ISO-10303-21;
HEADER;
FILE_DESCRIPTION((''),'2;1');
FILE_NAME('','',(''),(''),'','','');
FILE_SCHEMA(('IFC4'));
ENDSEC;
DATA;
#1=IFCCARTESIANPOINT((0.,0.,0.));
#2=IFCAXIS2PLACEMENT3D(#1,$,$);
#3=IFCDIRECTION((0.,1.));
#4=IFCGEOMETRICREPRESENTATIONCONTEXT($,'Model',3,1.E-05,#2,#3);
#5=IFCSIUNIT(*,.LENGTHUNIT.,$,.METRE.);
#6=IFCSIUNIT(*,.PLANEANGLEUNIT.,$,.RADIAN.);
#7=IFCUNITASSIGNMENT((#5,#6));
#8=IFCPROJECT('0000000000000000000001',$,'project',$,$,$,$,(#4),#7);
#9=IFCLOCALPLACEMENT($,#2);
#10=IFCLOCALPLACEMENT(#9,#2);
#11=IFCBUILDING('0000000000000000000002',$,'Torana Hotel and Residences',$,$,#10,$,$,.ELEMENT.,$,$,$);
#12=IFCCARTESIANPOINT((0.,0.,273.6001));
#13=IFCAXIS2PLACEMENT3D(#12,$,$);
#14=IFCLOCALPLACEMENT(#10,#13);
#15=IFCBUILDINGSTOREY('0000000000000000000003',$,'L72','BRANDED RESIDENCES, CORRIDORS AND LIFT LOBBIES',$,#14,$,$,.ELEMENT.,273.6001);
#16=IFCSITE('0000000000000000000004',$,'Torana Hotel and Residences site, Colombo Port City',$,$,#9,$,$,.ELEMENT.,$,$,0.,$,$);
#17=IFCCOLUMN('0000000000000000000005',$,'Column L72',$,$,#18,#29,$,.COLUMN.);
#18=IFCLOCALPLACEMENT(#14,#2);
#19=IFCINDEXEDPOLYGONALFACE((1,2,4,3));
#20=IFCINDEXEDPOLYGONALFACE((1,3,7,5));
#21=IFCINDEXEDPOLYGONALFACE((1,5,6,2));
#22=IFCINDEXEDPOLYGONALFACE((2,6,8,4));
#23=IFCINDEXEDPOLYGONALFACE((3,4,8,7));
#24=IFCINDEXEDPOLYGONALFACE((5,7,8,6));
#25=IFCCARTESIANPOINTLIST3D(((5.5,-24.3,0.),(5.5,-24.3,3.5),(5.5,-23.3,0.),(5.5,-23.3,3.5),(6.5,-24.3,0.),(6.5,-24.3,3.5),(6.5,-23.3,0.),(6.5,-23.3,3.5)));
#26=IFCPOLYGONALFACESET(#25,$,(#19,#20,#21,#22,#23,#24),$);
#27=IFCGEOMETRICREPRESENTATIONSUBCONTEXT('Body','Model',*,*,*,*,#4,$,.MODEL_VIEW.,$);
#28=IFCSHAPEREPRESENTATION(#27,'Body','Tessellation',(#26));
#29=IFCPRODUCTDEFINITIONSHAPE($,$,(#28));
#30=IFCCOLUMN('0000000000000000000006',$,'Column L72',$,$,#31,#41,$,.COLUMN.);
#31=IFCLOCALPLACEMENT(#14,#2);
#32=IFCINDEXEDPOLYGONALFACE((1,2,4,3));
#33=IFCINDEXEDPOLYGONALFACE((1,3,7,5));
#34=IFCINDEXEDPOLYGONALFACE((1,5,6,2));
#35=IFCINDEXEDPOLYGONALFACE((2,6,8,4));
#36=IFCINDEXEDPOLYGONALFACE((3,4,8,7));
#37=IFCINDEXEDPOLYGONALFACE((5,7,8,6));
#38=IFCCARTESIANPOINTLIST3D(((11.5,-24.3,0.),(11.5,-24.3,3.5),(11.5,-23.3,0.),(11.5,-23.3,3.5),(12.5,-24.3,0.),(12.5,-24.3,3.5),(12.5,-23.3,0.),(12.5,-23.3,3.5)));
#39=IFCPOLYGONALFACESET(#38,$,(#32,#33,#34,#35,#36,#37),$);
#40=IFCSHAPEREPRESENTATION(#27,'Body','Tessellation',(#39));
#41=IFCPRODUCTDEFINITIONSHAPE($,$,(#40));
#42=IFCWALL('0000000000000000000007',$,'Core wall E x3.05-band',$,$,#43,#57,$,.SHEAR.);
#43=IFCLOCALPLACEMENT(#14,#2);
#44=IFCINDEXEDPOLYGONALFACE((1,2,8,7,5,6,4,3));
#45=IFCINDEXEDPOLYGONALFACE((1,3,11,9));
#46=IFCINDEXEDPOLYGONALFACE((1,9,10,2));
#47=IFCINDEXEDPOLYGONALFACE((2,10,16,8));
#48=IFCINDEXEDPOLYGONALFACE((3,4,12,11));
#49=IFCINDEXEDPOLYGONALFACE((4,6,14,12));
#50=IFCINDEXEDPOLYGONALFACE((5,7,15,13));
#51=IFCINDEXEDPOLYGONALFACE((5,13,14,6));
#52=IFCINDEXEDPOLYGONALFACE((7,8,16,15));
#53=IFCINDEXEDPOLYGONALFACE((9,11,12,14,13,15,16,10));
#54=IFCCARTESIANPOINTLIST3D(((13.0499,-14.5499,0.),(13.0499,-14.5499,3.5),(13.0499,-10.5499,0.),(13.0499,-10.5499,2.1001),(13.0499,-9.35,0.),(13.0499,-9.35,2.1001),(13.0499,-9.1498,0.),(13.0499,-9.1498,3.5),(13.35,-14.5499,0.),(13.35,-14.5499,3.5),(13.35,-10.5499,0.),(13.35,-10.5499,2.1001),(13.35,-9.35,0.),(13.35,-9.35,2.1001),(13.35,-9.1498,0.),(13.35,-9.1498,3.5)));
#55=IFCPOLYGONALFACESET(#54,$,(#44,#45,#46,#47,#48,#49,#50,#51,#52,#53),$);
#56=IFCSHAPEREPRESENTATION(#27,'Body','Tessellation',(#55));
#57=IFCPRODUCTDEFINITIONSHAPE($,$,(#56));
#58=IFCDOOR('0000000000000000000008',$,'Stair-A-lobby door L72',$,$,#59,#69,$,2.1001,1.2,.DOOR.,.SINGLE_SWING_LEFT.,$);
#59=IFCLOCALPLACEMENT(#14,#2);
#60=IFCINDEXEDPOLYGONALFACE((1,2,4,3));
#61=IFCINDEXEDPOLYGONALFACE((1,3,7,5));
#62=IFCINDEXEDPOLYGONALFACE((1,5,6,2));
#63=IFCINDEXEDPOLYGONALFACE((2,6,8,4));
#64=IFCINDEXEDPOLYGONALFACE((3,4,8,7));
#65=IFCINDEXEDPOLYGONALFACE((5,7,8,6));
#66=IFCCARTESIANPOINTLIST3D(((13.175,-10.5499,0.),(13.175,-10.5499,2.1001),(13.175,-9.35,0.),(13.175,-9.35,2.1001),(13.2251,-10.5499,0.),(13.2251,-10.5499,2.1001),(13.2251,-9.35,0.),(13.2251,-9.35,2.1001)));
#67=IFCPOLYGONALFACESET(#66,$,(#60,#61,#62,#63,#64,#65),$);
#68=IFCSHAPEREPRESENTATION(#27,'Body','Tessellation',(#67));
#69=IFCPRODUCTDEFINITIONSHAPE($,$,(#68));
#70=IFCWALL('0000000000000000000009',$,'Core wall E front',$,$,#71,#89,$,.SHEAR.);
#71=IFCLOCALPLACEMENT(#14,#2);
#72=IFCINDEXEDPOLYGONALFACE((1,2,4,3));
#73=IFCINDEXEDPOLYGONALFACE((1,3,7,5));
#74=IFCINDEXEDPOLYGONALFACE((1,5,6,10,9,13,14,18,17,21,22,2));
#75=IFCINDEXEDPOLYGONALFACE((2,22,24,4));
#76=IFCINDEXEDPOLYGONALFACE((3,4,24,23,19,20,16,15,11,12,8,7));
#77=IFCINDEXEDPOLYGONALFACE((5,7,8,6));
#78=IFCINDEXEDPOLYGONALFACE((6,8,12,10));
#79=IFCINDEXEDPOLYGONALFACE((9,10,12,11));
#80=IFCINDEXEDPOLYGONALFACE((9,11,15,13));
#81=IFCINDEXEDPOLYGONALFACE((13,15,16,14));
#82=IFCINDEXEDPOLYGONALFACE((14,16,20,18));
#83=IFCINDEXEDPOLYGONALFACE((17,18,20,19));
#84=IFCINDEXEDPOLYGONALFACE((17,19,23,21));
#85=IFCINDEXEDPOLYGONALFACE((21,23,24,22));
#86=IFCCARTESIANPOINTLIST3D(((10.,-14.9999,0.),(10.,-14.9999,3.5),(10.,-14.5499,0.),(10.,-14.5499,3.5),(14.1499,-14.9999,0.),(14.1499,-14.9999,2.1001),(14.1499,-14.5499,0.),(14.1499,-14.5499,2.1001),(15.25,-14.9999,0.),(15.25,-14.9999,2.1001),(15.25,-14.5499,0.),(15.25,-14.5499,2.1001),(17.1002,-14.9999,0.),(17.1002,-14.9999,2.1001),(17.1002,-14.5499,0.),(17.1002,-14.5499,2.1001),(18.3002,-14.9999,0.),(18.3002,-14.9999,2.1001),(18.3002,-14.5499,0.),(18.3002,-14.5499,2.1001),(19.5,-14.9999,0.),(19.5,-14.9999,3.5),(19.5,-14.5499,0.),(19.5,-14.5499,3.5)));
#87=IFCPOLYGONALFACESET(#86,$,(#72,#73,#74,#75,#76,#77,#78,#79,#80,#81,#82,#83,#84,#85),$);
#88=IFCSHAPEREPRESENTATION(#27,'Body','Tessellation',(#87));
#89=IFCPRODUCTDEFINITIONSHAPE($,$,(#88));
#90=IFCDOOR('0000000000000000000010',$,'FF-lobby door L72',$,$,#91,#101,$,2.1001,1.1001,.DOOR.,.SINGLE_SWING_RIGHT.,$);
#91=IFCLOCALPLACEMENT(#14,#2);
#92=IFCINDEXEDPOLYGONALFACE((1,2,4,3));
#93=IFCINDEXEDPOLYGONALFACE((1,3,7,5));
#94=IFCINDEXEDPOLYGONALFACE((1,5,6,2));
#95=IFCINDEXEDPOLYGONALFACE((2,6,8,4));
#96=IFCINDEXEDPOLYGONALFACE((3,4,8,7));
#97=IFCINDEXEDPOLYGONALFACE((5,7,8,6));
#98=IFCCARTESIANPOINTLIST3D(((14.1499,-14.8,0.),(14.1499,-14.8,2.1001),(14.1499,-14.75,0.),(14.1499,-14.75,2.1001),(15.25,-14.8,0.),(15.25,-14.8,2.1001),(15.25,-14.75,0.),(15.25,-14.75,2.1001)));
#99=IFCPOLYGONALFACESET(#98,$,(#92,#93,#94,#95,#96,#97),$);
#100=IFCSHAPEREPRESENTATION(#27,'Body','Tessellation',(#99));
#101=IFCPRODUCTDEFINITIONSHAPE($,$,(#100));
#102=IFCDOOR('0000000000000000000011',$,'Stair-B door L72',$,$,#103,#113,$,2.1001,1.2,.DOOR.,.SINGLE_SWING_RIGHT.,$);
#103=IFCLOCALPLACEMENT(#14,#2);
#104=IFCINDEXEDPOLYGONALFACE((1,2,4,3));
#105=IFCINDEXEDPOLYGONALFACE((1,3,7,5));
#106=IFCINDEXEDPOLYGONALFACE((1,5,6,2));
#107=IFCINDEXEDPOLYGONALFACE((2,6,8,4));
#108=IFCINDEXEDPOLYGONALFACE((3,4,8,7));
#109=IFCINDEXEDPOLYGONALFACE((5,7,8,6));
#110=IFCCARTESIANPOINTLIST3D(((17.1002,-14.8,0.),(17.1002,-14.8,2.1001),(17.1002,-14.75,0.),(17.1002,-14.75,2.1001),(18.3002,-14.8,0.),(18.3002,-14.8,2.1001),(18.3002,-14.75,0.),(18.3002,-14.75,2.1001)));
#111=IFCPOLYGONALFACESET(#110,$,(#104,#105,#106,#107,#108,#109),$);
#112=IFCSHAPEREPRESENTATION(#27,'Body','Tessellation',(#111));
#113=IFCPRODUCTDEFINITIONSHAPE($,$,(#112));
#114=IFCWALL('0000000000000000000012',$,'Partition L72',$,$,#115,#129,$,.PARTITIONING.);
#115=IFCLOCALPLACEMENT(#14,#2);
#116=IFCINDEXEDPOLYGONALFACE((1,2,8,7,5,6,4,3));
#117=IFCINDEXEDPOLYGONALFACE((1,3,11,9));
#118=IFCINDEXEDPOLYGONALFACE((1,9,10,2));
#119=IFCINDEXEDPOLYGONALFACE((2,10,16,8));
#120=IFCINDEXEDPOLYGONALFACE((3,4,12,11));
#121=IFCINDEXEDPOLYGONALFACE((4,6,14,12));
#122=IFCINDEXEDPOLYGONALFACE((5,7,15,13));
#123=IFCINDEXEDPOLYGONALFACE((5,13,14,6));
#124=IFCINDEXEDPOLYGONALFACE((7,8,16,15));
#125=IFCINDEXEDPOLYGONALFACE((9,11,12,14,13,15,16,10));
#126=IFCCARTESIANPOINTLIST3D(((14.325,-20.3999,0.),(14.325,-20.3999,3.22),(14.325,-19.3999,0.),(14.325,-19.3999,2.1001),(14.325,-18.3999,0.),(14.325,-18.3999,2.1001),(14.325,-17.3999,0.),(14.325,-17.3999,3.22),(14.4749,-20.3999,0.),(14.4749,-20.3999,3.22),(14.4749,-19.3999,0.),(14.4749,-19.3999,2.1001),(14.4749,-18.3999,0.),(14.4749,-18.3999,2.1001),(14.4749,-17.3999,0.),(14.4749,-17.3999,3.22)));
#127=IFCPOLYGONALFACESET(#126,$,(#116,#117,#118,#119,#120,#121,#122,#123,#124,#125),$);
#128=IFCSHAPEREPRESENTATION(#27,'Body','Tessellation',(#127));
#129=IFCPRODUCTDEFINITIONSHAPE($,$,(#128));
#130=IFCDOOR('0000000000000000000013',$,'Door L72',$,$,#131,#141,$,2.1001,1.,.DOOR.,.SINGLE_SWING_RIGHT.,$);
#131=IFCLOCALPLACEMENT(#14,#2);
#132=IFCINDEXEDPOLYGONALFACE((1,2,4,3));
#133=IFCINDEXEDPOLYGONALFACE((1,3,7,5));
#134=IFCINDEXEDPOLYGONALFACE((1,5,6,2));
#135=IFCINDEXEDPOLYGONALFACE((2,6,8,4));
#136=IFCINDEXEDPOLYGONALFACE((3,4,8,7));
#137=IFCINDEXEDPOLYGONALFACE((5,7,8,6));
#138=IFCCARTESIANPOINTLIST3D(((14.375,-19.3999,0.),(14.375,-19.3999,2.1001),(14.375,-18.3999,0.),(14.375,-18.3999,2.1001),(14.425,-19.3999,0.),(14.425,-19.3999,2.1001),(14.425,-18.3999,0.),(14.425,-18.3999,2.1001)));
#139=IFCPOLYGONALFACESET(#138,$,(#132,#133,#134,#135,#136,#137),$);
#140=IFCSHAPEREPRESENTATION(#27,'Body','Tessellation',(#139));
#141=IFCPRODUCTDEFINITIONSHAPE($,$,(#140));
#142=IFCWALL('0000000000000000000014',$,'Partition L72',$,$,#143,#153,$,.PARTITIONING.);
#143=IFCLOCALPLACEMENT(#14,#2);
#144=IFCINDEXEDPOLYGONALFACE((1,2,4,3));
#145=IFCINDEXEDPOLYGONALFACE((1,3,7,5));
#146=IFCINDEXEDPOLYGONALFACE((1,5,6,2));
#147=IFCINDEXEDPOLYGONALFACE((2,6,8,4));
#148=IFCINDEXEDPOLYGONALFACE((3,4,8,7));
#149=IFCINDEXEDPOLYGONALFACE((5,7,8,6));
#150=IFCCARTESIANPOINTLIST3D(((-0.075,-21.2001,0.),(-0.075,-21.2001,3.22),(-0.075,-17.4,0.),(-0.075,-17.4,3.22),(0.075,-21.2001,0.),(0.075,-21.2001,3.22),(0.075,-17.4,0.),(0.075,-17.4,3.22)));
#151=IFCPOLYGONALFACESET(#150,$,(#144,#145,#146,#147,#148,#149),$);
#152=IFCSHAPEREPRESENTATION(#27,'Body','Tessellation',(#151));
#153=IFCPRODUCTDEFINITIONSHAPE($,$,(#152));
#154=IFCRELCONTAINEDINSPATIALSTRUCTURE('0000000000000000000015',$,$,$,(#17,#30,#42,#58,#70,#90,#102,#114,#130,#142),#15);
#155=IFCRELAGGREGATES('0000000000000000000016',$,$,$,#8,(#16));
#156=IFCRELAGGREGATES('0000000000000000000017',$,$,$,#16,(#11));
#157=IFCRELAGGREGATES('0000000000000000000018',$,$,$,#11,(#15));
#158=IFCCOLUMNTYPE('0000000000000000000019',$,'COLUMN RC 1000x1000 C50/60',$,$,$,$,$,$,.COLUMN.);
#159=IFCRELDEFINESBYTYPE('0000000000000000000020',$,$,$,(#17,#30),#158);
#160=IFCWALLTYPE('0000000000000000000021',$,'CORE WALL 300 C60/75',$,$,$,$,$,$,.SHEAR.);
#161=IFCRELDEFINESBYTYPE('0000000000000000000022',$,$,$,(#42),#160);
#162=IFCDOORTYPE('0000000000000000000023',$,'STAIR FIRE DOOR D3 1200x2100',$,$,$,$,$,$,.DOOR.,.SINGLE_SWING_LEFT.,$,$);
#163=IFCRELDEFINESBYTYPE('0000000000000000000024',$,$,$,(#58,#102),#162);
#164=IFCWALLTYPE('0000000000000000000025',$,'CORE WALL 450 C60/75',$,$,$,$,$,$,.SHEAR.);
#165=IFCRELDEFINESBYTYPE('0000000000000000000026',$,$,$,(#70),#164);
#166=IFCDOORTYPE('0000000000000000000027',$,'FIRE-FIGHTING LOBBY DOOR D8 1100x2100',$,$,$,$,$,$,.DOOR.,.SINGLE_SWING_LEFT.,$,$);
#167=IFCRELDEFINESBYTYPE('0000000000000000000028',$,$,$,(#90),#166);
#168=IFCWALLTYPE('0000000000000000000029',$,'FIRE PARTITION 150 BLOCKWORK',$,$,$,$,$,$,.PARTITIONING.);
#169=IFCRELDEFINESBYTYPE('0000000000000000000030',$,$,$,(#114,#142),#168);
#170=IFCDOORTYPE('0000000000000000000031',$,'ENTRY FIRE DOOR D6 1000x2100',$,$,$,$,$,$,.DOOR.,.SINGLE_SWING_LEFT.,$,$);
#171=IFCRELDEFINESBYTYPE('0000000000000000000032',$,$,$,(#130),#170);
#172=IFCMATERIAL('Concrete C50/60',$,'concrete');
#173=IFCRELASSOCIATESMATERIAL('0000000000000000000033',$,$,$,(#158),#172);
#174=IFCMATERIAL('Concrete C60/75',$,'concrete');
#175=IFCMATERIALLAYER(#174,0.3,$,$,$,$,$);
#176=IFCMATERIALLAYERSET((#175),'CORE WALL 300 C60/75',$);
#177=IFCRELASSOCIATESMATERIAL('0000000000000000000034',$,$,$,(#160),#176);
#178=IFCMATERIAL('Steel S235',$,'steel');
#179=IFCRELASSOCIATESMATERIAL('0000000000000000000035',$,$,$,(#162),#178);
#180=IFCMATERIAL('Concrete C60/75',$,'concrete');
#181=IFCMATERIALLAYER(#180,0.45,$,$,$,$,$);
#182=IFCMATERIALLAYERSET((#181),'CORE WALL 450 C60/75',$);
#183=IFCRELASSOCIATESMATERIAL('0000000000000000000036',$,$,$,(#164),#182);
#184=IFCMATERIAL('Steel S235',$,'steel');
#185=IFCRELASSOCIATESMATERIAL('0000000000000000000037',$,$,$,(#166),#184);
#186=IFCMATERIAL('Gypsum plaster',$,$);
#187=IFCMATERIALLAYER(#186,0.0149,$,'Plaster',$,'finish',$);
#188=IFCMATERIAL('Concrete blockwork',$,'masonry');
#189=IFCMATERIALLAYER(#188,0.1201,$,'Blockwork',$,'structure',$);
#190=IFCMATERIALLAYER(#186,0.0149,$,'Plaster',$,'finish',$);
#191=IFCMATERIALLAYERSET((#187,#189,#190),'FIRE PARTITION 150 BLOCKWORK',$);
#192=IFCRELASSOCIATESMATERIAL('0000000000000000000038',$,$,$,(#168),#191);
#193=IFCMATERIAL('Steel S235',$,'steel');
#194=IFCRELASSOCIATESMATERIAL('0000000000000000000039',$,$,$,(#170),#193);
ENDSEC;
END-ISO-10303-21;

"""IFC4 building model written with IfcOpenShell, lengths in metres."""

from ifc_helpers import new_model, si_unit, direction, frame, frame_2d, origin, origin_2d, place, context, subcontext, project, spatial, rectangle, extrude, material, layer, layer_set, material_profile, profile_set, type_object, element, fill, save


model = new_model("IFC4")

# Units and contexts
model_context = context("Model", 3, precision=1e-05, world=origin(), true_north=direction((0.0, 1.0)))
body_context = subcontext(model_context, "Body", "Model", "MODEL_VIEW")
ifc_project = project(units=[si_unit("LENGTHUNIT", "METRE"), si_unit("PLANEANGLEUNIT", "RADIAN")], contexts=[model_context])

# Site, building, storey
site_placement = place(None, origin())
site = spatial("IfcSite", under=ifc_project, at=site_placement, Name="Torana Hotel and Residences site, Colombo Port City", CompositionType="ELEMENT", RefElevation=0.0)
building_placement = place(site_placement, origin())
building = spatial("IfcBuilding", under=site, at=building_placement, Name="Torana Hotel and Residences", CompositionType="ELEMENT")
storey_placement = place(building_placement, frame((0.0, 0.0, 273.6001)))
storey = spatial("IfcBuildingStorey", under=building, at=storey_placement, Name="L72", Description="BRANDED RESIDENCES, CORRIDORS AND LIFT LOBBIES", CompositionType="ELEMENT", Elevation=273.6001)

# Columns
ifc_material_1 = material(Name="Concrete C50/60", Category="concrete")
ifc_material_profile = material_profile(ifc_material_1, rectangle(XDim=1.0, YDim=1.0, at=origin_2d()), Name="RC 1000x1000")
ifc_profile_set = profile_set([ifc_material_profile], Name="Concrete C50/60")
column_type = type_object("IfcColumnType", Name="COLUMN RC 1000x1000 C50/60", PredefinedType="COLUMN", material=ifc_profile_set)
for number, where, z_axis, x_axis, name in (
    (1, (6.0, -23.8, 0.0), (0.0, 0.0, 1.0), (1.0, 0.0, 0.0), "Column L72"),
    (2, (12.0, -23.8, 0.0), (0.0, 0.0, 1.0), (1.0, 0.0, 0.0), "Column L72"),
):
    element("IfcColumn", number, at=place(storey_placement, frame(where, z_axis=z_axis, x_axis=x_axis)), inside=storey, type_object=column_type, Name=name, PredefinedType="COLUMN", context=body_context, shape_type="SweptSolid", body=[
        extrude(rectangle(XDim=1.0, YDim=1.0, at=origin_2d()), origin(), (0.0, 0.0, 1.0), 3.5),
    ])

# Wall, opening, door
ifc_material_2 = material(Name="Concrete C60/75", Category="concrete")
ifc_layer_1 = layer(ifc_material_2, 0.3)
ifc_layer_set_1 = layer_set([ifc_layer_1], Name="CORE WALL 300 C60/75")
wall_type_1 = type_object("IfcWallType", Name="CORE WALL 300 C60/75", PredefinedType="SHEAR", material=ifc_layer_set_1)
wall_1_placement = place(storey_placement, frame((13.2, -14.55, 0.0), z_axis=(0.0, 0.0, 1.0), x_axis=(0.0, 1.0, 0.0)))
wall_1 = element("IfcWall", 3, at=wall_1_placement, inside=storey, type_object=wall_type_1, Name="Core wall E x3.05-band", PredefinedType="SHEAR", context=body_context, shape_type="SweptSolid", body=[
    extrude(rectangle(XDim=5.4001, YDim=0.3, at=frame_2d((2.7002, 0.0))), origin(), (0.0, 0.0, 1.0), 3.5),
])
opening_1_placement = place(wall_1_placement, frame((4.0, 0.0, 0.0)))
opening_1 = element("IfcOpeningElement", 4, at=opening_1_placement, cuts=wall_1, PredefinedType="OPENING", context=body_context, shape_type="SweptSolid", body=[
    extrude(rectangle(XDim=1.2, YDim=2.1001, at=frame_2d((0.6001, 1.05))), frame((0.0, 0.1599, 0.0), z_axis=(0.0, -1.0, 0.0), x_axis=(1.0, 0.0, 0.0)), (0.0, 0.0, 1.0), 0.3201),
])
ifc_material_3 = material(Name="Steel S235", Category="steel")
door_type_1 = type_object("IfcDoorType", Name="STAIR FIRE DOOR D3 1200x2100", OperationType="SINGLE_SWING_LEFT", PredefinedType="DOOR", material=ifc_material_3)
door_1_placement = place(opening_1_placement, origin())
door_1 = element("IfcDoor", 5, at=door_1_placement, inside=storey, type_object=door_type_1, Name="Stair-A-lobby door L72", OperationType="SINGLE_SWING_LEFT", OverallHeight=2.1001, OverallWidth=1.2, PredefinedType="DOOR", context=body_context, shape_type="SweptSolid", body=[
    extrude(rectangle(XDim=1.2, YDim=2.1001, at=frame_2d((0.6001, 1.05))), frame((0.0, 0.0249, 0.0), z_axis=(0.0, -1.0, 0.0), x_axis=(1.0, 0.0, 0.0)), (0.0, 0.0, 1.0), 0.05),
])
fill(opening_1, door_1)

# Wall, openings, doors
ifc_material_4 = material(Name="Concrete C60/75", Category="concrete")
ifc_layer_2 = layer(ifc_material_4, 0.45)
ifc_layer_set_2 = layer_set([ifc_layer_2], Name="CORE WALL 450 C60/75")
wall_type_2 = type_object("IfcWallType", Name="CORE WALL 450 C60/75", PredefinedType="SHEAR", material=ifc_layer_set_2)
wall_2_placement = place(storey_placement, frame((10.0, -14.7749, 0.0), z_axis=(0.0, 0.0, 1.0), x_axis=(1.0, 0.0, 0.0)))
wall_2 = element("IfcWall", 6, at=wall_2_placement, inside=storey, type_object=wall_type_2, Name="Core wall E front", PredefinedType="SHEAR", context=body_context, shape_type="SweptSolid", body=[
    extrude(rectangle(XDim=9.5, YDim=0.45, at=frame_2d((4.75, 0.0))), origin(), (0.0, 0.0, 1.0), 3.5),
])
opening_2_placement = place(wall_2_placement, frame((7.1001, 0.0, 0.0)))
opening_2 = element("IfcOpeningElement", 7, at=opening_2_placement, cuts=wall_2, PredefinedType="OPENING", context=body_context, shape_type="SweptSolid", body=[
    extrude(rectangle(XDim=1.2, YDim=2.1001, at=frame_2d((0.6001, 1.05))), frame((0.0, 0.2349, 0.0), z_axis=(0.0, -1.0, 0.0), x_axis=(1.0, 0.0, 0.0)), (0.0, 0.0, 1.0), 0.47),
])
opening_3_placement = place(wall_2_placement, frame((4.1499, 0.0, 0.0)))
opening_3 = element("IfcOpeningElement", 8, at=opening_3_placement, cuts=wall_2, PredefinedType="OPENING", context=body_context, shape_type="SweptSolid", body=[
    extrude(rectangle(XDim=1.1001, YDim=2.1001, at=frame_2d((0.55, 1.05))), frame((0.0, 0.2349, 0.0), z_axis=(0.0, -1.0, 0.0), x_axis=(1.0, 0.0, 0.0)), (0.0, 0.0, 1.0), 0.47),
])
ifc_material_5 = material(Name="Steel S235", Category="steel")
door_type_2 = type_object("IfcDoorType", Name="FIRE-FIGHTING LOBBY DOOR D8 1100x2100", OperationType="SINGLE_SWING_LEFT", PredefinedType="DOOR", material=ifc_material_5)
door_2_placement = place(opening_3_placement, origin())
door_2 = element("IfcDoor", 9, at=door_2_placement, inside=storey, type_object=door_type_2, Name="FF-lobby door L72", OperationType="SINGLE_SWING_RIGHT", OverallHeight=2.1001, OverallWidth=1.1001, PredefinedType="DOOR", context=body_context, shape_type="SweptSolid", body=[
    extrude(rectangle(XDim=1.1001, YDim=2.1001, at=frame_2d((0.55, 1.05))), frame((0.0, 0.0249, 0.0), z_axis=(0.0, -1.0, 0.0), x_axis=(1.0, 0.0, 0.0)), (0.0, 0.0, 1.0), 0.05),
])
fill(opening_3, door_2)
door_3_placement = place(opening_2_placement, origin())
door_3 = element("IfcDoor", 10, at=door_3_placement, inside=storey, type_object=door_type_1, Name="Stair-B door L72", OperationType="SINGLE_SWING_RIGHT", OverallHeight=2.1001, OverallWidth=1.2, PredefinedType="DOOR", context=body_context, shape_type="SweptSolid", body=[
    extrude(rectangle(XDim=1.2, YDim=2.1001, at=frame_2d((0.6001, 1.05))), frame((0.0, 0.0249, 0.0), z_axis=(0.0, -1.0, 0.0), x_axis=(1.0, 0.0, 0.0)), (0.0, 0.0, 1.0), 0.05),
])
fill(opening_2, door_3)

# Wall, opening, door
ifc_material_6 = material(Name="Gypsum plaster")
ifc_layer_3 = layer(ifc_material_6, 0.0149, Name="Plaster", Category="finish")
ifc_material_7 = material(Name="Concrete blockwork", Category="masonry")
ifc_layer_4 = layer(ifc_material_7, 0.1201, Name="Blockwork", Category="structure")
ifc_layer_5 = layer(ifc_material_6, 0.0149, Name="Plaster", Category="finish")
ifc_layer_set_3 = layer_set([ifc_layer_3, ifc_layer_4, ifc_layer_5], Name="FIRE PARTITION 150 BLOCKWORK")
wall_type_3 = type_object("IfcWallType", Name="FIRE PARTITION 150 BLOCKWORK", PredefinedType="PARTITIONING", material=ifc_layer_set_3)
wall_3_placement = place(storey_placement, frame((14.3999, -20.3999, 0.0), z_axis=(0.0, 0.0, 1.0), x_axis=(0.0, 1.0, 0.0)))
wall_3 = element("IfcWall", 11, at=wall_3_placement, inside=storey, type_object=wall_type_3, Name="Partition L72", PredefinedType="PARTITIONING", context=body_context, shape_type="SweptSolid", body=[
    extrude(rectangle(XDim=3.0, YDim=0.1499, at=frame_2d((1.5, 0.0))), origin(), (0.0, 0.0, 1.0), 3.22),
])
opening_4_placement = place(wall_3_placement, frame((1.0, 0.0, 0.0)))
opening_4 = element("IfcOpeningElement", 12, at=opening_4_placement, cuts=wall_3, PredefinedType="OPENING", context=body_context, shape_type="SweptSolid", body=[
    extrude(rectangle(XDim=1.0, YDim=2.1001, at=frame_2d((0.5, 1.05))), frame((0.0, 0.085, 0.0), z_axis=(0.0, -1.0, 0.0), x_axis=(1.0, 0.0, 0.0)), (0.0, 0.0, 1.0), 0.1699),
])
ifc_material_8 = material(Name="Steel S235", Category="steel")
door_type_3 = type_object("IfcDoorType", Name="ENTRY FIRE DOOR D6 1000x2100", OperationType="SINGLE_SWING_LEFT", PredefinedType="DOOR", material=ifc_material_8)
door_4_placement = place(opening_4_placement, origin())
door_4 = element("IfcDoor", 13, at=door_4_placement, inside=storey, type_object=door_type_3, Name="Door L72", OperationType="SINGLE_SWING_RIGHT", OverallHeight=2.1001, OverallWidth=1.0, PredefinedType="DOOR", context=body_context, shape_type="SweptSolid", body=[
    extrude(rectangle(XDim=1.0, YDim=2.1001, at=frame_2d((0.5, 1.05))), frame((0.0, 0.0249, 0.0), z_axis=(0.0, -1.0, 0.0), x_axis=(1.0, 0.0, 0.0)), (0.0, 0.0, 1.0), 0.05),
])
fill(opening_4, door_4)

# Wall
wall_4_placement = place(storey_placement, frame((0.0, -21.2, 0.0), z_axis=(0.0, 0.0, 1.0), x_axis=(0.0, 1.0, 0.0)))
element("IfcWall", 14, at=wall_4_placement, inside=storey, type_object=wall_type_3, Name="Partition L72", PredefinedType="PARTITIONING", context=body_context, shape_type="SweptSolid", body=[
    extrude(rectangle(XDim=3.8, YDim=0.1499, at=frame_2d((1.8999, 0.0))), origin(), (0.0, 0.0, 1.0), 3.22),
])

save(model, "model.ifc")
